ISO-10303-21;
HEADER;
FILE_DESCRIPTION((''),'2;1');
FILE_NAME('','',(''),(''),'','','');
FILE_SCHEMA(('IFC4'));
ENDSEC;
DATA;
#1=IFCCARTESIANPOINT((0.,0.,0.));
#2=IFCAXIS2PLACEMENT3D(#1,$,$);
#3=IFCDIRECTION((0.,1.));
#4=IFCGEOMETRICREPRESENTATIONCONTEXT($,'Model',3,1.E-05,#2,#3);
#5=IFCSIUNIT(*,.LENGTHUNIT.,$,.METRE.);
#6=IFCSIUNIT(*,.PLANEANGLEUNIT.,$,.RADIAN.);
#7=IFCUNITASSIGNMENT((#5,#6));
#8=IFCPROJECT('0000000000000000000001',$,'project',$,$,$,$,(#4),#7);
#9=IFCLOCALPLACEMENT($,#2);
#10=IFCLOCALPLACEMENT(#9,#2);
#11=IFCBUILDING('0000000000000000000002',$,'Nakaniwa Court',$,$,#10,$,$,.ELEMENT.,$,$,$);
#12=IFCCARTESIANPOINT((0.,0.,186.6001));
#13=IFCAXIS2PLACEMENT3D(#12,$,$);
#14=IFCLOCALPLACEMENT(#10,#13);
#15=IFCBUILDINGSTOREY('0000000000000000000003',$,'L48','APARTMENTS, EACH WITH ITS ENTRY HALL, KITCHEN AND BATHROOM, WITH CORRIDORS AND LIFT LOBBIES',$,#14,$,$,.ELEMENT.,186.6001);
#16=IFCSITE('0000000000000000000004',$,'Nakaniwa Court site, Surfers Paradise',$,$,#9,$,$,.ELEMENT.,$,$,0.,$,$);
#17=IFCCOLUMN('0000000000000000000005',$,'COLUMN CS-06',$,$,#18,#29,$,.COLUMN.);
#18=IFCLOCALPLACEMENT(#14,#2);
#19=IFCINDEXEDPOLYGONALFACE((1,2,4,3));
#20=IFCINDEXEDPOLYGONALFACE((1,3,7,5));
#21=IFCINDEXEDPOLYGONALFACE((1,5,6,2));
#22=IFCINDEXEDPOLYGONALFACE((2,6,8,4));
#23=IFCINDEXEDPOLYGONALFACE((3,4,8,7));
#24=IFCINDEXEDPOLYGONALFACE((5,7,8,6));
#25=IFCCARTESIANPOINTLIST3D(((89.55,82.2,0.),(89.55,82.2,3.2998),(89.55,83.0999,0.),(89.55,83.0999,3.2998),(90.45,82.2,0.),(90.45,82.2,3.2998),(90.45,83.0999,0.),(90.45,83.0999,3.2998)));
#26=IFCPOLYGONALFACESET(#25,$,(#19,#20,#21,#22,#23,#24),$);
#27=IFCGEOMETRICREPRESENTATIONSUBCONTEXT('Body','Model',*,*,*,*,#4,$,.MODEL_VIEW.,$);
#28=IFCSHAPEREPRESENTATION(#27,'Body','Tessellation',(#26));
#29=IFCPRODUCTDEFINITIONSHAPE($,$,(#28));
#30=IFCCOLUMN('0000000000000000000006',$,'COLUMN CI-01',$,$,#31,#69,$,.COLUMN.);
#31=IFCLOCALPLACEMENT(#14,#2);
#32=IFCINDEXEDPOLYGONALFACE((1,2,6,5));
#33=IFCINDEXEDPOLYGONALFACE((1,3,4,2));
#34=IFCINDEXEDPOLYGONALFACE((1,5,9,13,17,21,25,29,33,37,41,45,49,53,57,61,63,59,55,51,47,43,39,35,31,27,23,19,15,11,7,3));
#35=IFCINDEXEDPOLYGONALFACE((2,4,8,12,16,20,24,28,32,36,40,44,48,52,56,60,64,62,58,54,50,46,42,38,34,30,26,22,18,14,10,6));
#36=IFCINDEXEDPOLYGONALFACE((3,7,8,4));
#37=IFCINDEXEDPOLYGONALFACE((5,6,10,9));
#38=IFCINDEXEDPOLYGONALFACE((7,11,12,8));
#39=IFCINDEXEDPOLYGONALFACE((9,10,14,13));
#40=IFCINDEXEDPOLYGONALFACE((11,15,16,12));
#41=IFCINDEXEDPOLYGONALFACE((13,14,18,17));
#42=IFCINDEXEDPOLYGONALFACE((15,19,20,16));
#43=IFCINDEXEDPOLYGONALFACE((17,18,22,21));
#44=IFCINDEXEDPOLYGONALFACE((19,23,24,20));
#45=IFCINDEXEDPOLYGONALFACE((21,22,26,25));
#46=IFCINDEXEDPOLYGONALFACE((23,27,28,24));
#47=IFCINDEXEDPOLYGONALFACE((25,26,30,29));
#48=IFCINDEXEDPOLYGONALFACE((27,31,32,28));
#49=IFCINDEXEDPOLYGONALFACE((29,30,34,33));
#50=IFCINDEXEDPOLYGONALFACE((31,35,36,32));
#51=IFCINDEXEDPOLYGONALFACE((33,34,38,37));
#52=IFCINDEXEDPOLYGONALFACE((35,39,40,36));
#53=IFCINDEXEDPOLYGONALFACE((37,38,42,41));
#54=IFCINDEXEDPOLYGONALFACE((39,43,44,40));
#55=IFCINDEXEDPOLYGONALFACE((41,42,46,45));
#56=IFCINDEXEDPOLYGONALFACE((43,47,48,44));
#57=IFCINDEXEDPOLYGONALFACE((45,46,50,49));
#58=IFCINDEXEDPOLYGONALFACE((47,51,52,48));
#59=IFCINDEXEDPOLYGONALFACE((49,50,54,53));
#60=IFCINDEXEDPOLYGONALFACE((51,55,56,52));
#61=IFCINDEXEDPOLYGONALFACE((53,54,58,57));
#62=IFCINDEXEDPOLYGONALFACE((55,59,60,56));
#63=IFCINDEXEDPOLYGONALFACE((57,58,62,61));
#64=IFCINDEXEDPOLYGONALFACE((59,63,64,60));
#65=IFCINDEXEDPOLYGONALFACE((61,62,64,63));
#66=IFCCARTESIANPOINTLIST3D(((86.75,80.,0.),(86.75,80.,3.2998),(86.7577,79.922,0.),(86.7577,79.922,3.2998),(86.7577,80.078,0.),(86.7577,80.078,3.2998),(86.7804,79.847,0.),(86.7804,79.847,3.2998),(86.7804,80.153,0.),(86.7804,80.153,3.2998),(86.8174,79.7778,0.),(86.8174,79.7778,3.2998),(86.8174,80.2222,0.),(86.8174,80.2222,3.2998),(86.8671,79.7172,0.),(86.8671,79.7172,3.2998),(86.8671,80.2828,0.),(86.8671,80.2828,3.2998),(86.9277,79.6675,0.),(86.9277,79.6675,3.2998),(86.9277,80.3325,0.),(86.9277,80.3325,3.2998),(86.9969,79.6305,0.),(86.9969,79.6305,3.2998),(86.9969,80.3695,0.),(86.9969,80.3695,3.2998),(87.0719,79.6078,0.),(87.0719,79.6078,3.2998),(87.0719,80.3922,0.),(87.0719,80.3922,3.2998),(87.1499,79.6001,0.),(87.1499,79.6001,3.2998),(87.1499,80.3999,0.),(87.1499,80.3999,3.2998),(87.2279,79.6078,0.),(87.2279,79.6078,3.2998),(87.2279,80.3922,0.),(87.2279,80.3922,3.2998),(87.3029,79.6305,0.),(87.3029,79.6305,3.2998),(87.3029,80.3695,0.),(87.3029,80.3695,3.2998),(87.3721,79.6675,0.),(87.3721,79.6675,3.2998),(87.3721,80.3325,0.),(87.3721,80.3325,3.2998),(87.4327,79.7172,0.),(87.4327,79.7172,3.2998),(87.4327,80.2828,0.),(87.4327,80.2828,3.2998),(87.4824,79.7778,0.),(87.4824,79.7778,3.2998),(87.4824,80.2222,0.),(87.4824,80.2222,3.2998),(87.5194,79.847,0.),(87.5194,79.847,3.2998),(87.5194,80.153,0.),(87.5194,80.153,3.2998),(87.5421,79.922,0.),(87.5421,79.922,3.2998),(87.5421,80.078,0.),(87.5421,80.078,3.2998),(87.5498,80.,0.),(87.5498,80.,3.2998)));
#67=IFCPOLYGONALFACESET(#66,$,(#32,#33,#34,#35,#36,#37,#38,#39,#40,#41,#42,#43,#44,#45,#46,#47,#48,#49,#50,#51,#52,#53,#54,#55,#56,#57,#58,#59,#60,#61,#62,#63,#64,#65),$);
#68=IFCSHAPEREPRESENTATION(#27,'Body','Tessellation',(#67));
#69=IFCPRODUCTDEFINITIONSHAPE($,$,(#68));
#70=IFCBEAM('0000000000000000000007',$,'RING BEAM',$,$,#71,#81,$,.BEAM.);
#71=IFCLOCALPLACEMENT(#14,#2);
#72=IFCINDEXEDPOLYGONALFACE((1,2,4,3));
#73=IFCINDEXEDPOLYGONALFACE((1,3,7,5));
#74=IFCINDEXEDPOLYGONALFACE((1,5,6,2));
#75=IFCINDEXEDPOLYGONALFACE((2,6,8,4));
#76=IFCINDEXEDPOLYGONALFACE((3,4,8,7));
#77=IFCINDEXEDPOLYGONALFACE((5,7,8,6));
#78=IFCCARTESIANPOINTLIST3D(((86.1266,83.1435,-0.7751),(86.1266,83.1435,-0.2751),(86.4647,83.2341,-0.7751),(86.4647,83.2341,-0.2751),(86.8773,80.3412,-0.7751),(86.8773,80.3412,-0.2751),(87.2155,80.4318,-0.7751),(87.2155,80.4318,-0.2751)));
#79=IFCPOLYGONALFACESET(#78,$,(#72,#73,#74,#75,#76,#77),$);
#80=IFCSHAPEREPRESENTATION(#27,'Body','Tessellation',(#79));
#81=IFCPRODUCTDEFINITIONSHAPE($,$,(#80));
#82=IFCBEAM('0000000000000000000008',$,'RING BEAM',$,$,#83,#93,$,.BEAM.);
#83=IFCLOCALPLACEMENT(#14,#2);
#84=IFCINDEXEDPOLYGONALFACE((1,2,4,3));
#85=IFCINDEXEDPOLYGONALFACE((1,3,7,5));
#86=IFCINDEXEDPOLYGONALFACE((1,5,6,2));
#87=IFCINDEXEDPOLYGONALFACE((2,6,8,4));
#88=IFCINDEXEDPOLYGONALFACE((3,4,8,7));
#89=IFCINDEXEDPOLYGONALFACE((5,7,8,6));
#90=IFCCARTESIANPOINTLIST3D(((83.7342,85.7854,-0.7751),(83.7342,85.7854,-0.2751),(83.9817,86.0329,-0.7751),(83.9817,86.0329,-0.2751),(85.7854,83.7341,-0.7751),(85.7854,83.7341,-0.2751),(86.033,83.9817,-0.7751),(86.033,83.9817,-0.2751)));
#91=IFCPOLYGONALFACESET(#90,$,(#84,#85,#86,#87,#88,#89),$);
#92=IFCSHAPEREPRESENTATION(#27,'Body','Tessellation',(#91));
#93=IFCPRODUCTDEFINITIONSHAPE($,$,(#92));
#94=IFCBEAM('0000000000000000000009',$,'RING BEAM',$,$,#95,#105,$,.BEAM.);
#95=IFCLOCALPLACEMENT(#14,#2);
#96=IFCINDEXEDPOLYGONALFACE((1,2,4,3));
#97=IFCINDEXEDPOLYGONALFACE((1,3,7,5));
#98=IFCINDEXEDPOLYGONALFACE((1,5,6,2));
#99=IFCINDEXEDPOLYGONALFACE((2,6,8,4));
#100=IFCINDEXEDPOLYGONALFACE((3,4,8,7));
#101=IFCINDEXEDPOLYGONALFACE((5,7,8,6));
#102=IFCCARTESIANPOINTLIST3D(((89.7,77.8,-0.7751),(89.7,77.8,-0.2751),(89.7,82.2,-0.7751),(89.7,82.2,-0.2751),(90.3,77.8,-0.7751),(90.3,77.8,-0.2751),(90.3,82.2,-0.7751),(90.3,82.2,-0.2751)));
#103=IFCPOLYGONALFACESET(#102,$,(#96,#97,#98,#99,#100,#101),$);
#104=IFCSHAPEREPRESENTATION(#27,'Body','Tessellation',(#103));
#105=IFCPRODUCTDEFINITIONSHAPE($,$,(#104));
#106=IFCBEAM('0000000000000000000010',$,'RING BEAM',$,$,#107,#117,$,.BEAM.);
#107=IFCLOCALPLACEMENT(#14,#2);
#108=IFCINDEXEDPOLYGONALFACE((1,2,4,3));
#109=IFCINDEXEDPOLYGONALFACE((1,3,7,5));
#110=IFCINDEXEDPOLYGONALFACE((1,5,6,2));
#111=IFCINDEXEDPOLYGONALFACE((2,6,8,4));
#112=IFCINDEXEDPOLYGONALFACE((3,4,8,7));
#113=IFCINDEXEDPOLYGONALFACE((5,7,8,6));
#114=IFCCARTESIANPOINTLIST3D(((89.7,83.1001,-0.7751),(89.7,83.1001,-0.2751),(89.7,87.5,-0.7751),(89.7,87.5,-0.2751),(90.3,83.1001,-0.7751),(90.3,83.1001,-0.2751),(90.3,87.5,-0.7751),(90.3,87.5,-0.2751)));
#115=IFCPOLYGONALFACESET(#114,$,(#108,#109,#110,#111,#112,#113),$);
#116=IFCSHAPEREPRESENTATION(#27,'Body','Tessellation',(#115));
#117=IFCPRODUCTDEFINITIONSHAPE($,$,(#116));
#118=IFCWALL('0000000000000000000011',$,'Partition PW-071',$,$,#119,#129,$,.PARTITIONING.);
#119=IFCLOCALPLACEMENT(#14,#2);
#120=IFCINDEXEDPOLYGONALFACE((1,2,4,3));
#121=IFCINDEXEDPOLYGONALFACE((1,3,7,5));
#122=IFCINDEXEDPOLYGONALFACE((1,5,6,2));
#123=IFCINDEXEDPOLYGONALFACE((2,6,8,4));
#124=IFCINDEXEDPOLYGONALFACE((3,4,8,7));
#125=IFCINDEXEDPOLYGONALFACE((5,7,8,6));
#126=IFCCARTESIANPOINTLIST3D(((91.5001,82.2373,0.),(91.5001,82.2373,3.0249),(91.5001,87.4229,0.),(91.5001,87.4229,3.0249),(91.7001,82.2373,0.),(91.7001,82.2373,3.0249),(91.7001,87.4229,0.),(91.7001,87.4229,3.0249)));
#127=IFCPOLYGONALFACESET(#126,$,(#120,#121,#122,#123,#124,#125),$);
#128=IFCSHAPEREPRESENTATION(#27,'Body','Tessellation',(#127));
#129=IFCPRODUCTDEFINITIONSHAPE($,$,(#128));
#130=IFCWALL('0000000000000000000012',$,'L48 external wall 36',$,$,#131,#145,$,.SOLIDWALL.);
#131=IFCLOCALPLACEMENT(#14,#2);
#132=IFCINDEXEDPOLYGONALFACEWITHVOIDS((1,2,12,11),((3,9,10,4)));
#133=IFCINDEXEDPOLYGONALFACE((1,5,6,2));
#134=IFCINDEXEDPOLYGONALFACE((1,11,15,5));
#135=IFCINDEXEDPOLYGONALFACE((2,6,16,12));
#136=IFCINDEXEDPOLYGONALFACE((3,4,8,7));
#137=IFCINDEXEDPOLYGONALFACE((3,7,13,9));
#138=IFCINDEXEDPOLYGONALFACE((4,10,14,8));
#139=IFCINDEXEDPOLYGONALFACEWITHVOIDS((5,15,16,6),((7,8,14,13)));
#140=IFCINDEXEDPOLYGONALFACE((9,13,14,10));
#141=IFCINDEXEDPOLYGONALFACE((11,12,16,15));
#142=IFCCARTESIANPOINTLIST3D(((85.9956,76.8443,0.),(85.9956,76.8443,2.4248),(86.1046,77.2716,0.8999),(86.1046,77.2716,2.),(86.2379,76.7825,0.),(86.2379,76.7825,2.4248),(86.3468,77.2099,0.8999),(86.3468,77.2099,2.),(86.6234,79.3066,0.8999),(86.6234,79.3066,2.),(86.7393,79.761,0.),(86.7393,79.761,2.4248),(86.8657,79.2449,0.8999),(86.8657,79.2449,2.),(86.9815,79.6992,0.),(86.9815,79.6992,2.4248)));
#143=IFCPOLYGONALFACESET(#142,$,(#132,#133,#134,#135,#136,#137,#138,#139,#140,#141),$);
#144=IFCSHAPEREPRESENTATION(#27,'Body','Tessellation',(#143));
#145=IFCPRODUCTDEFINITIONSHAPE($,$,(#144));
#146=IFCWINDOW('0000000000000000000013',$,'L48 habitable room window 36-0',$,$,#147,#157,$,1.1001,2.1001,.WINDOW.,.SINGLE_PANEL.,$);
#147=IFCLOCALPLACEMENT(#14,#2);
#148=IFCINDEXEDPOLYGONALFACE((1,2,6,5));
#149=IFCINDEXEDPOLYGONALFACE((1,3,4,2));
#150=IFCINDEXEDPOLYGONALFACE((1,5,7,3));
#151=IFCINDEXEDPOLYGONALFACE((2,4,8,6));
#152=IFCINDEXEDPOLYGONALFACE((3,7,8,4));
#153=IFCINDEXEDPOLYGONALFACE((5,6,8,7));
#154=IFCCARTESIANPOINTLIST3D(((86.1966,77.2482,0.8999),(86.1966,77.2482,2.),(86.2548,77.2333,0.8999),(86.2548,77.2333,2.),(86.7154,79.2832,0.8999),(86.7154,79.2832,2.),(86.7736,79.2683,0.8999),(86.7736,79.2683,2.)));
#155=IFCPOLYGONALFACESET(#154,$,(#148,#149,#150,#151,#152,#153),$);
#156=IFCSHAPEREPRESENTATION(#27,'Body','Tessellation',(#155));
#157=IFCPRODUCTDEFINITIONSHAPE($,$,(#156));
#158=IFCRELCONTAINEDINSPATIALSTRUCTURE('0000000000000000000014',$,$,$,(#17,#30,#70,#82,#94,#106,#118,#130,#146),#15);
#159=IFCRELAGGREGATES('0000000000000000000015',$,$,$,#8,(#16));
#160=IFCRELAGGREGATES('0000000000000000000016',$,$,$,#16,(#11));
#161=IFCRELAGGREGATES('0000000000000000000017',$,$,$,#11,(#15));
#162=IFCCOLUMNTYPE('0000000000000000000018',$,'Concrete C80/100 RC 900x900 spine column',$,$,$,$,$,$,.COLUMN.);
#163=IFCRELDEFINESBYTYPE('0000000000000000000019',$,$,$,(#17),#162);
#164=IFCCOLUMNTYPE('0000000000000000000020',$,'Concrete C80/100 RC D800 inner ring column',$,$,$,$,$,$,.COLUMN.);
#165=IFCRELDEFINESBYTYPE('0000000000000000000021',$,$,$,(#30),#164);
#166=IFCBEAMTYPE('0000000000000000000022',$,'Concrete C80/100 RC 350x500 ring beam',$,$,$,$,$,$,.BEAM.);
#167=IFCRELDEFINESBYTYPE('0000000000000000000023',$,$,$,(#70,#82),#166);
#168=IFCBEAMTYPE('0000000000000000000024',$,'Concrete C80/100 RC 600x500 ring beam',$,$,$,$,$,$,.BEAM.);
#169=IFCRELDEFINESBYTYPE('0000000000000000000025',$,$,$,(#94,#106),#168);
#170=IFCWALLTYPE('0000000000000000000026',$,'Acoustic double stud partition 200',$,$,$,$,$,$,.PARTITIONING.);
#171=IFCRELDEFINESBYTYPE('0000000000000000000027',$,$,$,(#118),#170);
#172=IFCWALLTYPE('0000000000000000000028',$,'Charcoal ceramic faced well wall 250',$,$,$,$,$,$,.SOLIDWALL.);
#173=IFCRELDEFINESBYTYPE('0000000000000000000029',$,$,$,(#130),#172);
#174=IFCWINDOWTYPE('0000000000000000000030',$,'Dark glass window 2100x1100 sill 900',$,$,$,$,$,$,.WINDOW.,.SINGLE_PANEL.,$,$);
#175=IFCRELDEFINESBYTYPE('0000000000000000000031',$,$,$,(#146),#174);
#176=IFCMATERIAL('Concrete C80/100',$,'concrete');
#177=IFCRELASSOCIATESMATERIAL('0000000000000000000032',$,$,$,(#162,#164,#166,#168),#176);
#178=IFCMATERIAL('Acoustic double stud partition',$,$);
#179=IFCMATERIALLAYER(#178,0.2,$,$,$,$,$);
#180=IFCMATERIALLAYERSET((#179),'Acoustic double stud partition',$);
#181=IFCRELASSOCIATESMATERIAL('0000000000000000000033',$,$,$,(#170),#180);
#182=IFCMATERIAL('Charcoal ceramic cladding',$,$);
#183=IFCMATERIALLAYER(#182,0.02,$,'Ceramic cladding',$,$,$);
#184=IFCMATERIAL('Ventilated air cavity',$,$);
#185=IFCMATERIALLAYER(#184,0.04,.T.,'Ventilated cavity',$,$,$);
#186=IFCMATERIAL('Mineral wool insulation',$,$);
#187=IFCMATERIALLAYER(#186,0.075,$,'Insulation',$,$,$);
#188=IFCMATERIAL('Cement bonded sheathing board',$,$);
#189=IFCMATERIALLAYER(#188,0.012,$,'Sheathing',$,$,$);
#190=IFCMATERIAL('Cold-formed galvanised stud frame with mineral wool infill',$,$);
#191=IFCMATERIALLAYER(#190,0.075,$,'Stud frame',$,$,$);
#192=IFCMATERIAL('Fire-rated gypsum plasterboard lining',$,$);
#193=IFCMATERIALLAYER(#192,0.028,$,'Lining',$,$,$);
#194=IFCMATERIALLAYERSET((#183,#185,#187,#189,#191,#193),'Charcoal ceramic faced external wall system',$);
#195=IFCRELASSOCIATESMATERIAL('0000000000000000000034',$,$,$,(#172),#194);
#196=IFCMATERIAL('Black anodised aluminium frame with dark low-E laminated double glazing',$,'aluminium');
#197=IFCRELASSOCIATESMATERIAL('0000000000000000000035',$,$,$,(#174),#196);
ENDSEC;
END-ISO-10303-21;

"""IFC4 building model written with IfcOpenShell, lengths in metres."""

from ifc_helpers import new_model, si_unit, direction, frame, frame_2d, origin, origin_2d, place, context, subcontext, project, spatial, rectangle, circle, extrude, material, layer, layer_set, material_profile, profile_set, type_object, element, fill, save


model = new_model("IFC4")

# Units and contexts
model_context = context("Model", 3, precision=1e-05, world=origin(), true_north=direction((0.0, 1.0)))
body_context = subcontext(model_context, "Body", "Model", "MODEL_VIEW")
ifc_project = project(units=[si_unit("LENGTHUNIT", "METRE"), si_unit("PLANEANGLEUNIT", "RADIAN")], contexts=[model_context])

# Site, building, storey
site_placement = place(None, origin())
site = spatial("IfcSite", under=ifc_project, at=site_placement, Name="Nakaniwa Court site, Surfers Paradise", CompositionType="ELEMENT", RefElevation=0.0)
building_placement = place(site_placement, origin())
building = spatial("IfcBuilding", under=site, at=building_placement, Name="Nakaniwa Court", CompositionType="ELEMENT")
storey_placement = place(building_placement, frame((0.0, 0.0, 186.6001)))
storey = spatial("IfcBuildingStorey", under=building, at=storey_placement, Name="L48", Description="APARTMENTS, EACH WITH ITS ENTRY HALL, KITCHEN AND BATHROOM, WITH CORRIDORS AND LIFT LOBBIES", CompositionType="ELEMENT", Elevation=186.6001)

# Columns
ifc_material_1 = material(Name="Concrete C80/100", Category="concrete")
ifc_material_profile_1 = material_profile(ifc_material_1, rectangle(XDim=0.8999, YDim=0.8999, at=origin_2d()), Name="Concrete C80/100 RC 900x900 spine column")
ifc_profile_set_1 = profile_set([ifc_material_profile_1], Name="Concrete C80/100")
column_type_1 = type_object("IfcColumnType", Name="Concrete C80/100 RC 900x900 spine column", PredefinedType="COLUMN", material=ifc_profile_set_1)
column_placement = place(storey_placement, frame((90.0, 82.6499, 0.0), z_axis=(0.0, 0.0, 1.0), x_axis=(0.0, 1.0, 0.0)))
element("IfcColumn", 1, at=column_placement, inside=storey, type_object=column_type_1, Name="COLUMN CS-06", PredefinedType="COLUMN", context=body_context, shape_type="SweptSolid", body=[
    extrude(rectangle(XDim=0.8999, YDim=0.8999, at=origin_2d()), origin(), (0.0, 0.0, 1.0), 3.2998),
])
ifc_material_profile_2 = material_profile(ifc_material_1, circle(Radius=0.3999, at=origin_2d()), Name="Concrete C80/100 RC D800 inner ring column")
ifc_profile_set_2 = profile_set([ifc_material_profile_2], Name="Concrete C80/100")
column_type_2 = type_object("IfcColumnType", Name="Concrete C80/100 RC D800 inner ring column", PredefinedType="COLUMN", material=ifc_profile_set_2)
for number, where, z_axis, x_axis, name in (
    (2, (87.1499, 80.0, 0.0), (0.0, 0.0, 1.0), (0.0, 1.0, 0.0), "COLUMN CI-01"),
):
    element("IfcColumn", number, at=place(storey_placement, frame(where, z_axis=z_axis, x_axis=x_axis)), inside=storey, type_object=column_type_2, Name=name, PredefinedType="COLUMN", context=body_context, shape_type="SweptSolid", body=[
        extrude(circle(Radius=0.3999, at=origin_2d()), origin(), (0.0, 0.0, 1.0), 3.2998),
    ])

# Beams
ifc_material_profile_3 = material_profile(ifc_material_1, rectangle(XDim=0.3501, YDim=0.5, at=origin_2d()), Name="Concrete C80/100 RC 350x500 ring beam")
ifc_profile_set_3 = profile_set([ifc_material_profile_3], Name="Concrete C80/100")
beam_type_1 = type_object("IfcBeamType", Name="Concrete C80/100 RC 350x500 ring beam", PredefinedType="BEAM", material=ifc_profile_set_3)
beam_1_placement = place(storey_placement, frame((87.0464, 80.3865, -0.5251), z_axis=(-0.258778, 0.965937, 0.0), x_axis=(-0.965937, -0.258778, 0.0)))
element("IfcBeam", 3, at=beam_1_placement, inside=storey, type_object=beam_type_1, Name="RING BEAM", PredefinedType="BEAM", context=body_context, shape_type="SweptSolid", body=[
    extrude(rectangle(XDim=0.3501, YDim=0.5, at=origin_2d()), origin(), (0.0, 0.0, 1.0), 2.9011),
])
beam_2_placement = place(storey_placement, frame((85.9092, 83.8579, -0.5251), z_axis=(-0.707107, 0.707107, 0.0), x_axis=(-0.707107, -0.707107, 0.0)))
element("IfcBeam", 4, at=beam_2_placement, inside=storey, type_object=beam_type_1, Name="RING BEAM", PredefinedType="BEAM", context=body_context, shape_type="SweptSolid", body=[
    extrude(rectangle(XDim=0.3501, YDim=0.5, at=origin_2d()), origin(), (0.0, 0.0, 1.0), 2.9009),
])
ifc_material_profile_4 = material_profile(ifc_material_1, rectangle(XDim=0.6001, YDim=0.5, at=origin_2d()), Name="Concrete C80/100 RC 600x500 ring beam")
ifc_profile_set_4 = profile_set([ifc_material_profile_4], Name="Concrete C80/100")
beam_type_2 = type_object("IfcBeamType", Name="Concrete C80/100 RC 600x500 ring beam", PredefinedType="BEAM", material=ifc_profile_set_4)
for number, where, z_axis, x_axis, name in (
    (5, (90.0, 77.8, -0.5251), (0.0, 1.0, 0.0), (-1.0, 0.0, 0.0), "RING BEAM"),
    (6, (90.0, 83.1001, -0.5251), (0.0, 1.0, 0.0), (-1.0, 0.0, 0.0), "RING BEAM"),
):
    element("IfcBeam", number, at=place(storey_placement, frame(where, z_axis=z_axis, x_axis=x_axis)), inside=storey, type_object=beam_type_2, Name=name, PredefinedType="BEAM", context=body_context, shape_type="SweptSolid", body=[
        extrude(rectangle(XDim=0.6001, YDim=0.5, at=origin_2d()), origin(), (0.0, 0.0, 1.0), 4.3999),
    ])

# Wall
ifc_material_2 = material(Name="Acoustic double stud partition")
ifc_layer_1 = layer(ifc_material_2, 0.2)
ifc_layer_set_1 = layer_set([ifc_layer_1], Name="Acoustic double stud partition")
wall_type_1 = type_object("IfcWallType", Name="Acoustic double stud partition 200", PredefinedType="PARTITIONING", material=ifc_layer_set_1)
wall_1_placement = place(storey_placement, frame((91.6001, 82.2373, 0.0), z_axis=(0.0, 0.0, 1.0), x_axis=(0.0, 1.0, 0.0)))
element("IfcWall", 7, at=wall_1_placement, inside=storey, type_object=wall_type_1, Name="Partition PW-071", PredefinedType="PARTITIONING", context=body_context, shape_type="SweptSolid", body=[
    extrude(rectangle(XDim=5.1855, YDim=0.2, at=frame_2d((2.5928, 0.0))), origin(), (0.0, 0.0, 1.0), 3.0249),
])

# Wall, opening, window
ifc_material_3 = material(Name="Charcoal ceramic cladding")
ifc_layer_2 = layer(ifc_material_3, 0.02, Name="Ceramic cladding")
ifc_material_4 = material(Name="Ventilated air cavity")
ifc_layer_3 = layer(ifc_material_4, 0.04, ventilated=True, Name="Ventilated cavity")
ifc_material_5 = material(Name="Mineral wool insulation")
ifc_layer_4 = layer(ifc_material_5, 0.075, Name="Insulation")
ifc_material_6 = material(Name="Cement bonded sheathing board")
ifc_layer_5 = layer(ifc_material_6, 0.012, Name="Sheathing")
ifc_material_7 = material(Name="Cold-formed galvanised stud frame with mineral wool infill")
ifc_layer_6 = layer(ifc_material_7, 0.075, Name="Stud frame")
ifc_material_8 = material(Name="Fire-rated gypsum plasterboard lining")
ifc_layer_7 = layer(ifc_material_8, 0.028, Name="Lining")
ifc_layer_set_2 = layer_set([ifc_layer_2, ifc_layer_3, ifc_layer_4, ifc_layer_5, ifc_layer_6, ifc_layer_7], Name="Charcoal ceramic faced external wall system")
wall_type_2 = type_object("IfcWallType", Name="Charcoal ceramic faced well wall 250", PredefinedType="SOLIDWALL", material=ifc_layer_set_2)
wall_2_placement = place(storey_placement, frame((86.8604, 79.73, 0.0), z_axis=(0.0, 0.0, 1.0), x_axis=(-0.247056, -0.969001, 0.0)))
wall_2 = element("IfcWall", 8, at=wall_2_placement, inside=storey, type_object=wall_type_2, Name="L48 external wall 36", PredefinedType="SOLIDWALL", context=body_context, shape_type="SweptSolid", body=[
    extrude(rectangle(XDim=3.01, YDim=0.25, at=frame_2d((1.5049, 0.0))), origin(), (0.0, 0.0, 1.0), 2.4248),
])
opening_1_placement = place(wall_2_placement, frame((0.4688, 0.0, 0.8999)))
opening_1 = element("IfcOpeningElement", 9, at=opening_1_placement, cuts=wall_2, PredefinedType="OPENING", context=body_context, shape_type="SweptSolid", body=[
    extrude(rectangle(XDim=2.1001, YDim=1.1001, at=frame_2d((1.05, 0.55))), frame((0.0, 0.135, 0.0), z_axis=(0.0, -1.0, 0.0), x_axis=(1.0, 0.0, 0.0)), (0.0, 0.0, 1.0), 0.27),
])
ifc_material_9 = material(Name="Black anodised aluminium frame with dark low-E laminated double glazing", Category="aluminium")
window_type = type_object("IfcWindowType", Name="Dark glass window 2100x1100 sill 900", PartitioningType="SINGLE_PANEL", PredefinedType="WINDOW", material=ifc_material_9)
window_1_placement = place(opening_1_placement, origin())
window_1 = element("IfcWindow", 10, at=window_1_placement, inside=storey, type_object=window_type, Name="L48 habitable room window 36-0", OverallHeight=1.1001, OverallWidth=2.1001, PartitioningType="SINGLE_PANEL", PredefinedType="WINDOW", context=body_context, shape_type="SweptSolid", body=[
    extrude(rectangle(XDim=2.1001, YDim=1.1001, at=frame_2d((1.05, 0.55))), frame((0.0, 0.03, 0.0), z_axis=(0.0, -1.0, 0.0), x_axis=(1.0, 0.0, 0.0)), (0.0, 0.0, 1.0), 0.0601),
])
fill(opening_1, window_1)

save(model, "model.ifc")
